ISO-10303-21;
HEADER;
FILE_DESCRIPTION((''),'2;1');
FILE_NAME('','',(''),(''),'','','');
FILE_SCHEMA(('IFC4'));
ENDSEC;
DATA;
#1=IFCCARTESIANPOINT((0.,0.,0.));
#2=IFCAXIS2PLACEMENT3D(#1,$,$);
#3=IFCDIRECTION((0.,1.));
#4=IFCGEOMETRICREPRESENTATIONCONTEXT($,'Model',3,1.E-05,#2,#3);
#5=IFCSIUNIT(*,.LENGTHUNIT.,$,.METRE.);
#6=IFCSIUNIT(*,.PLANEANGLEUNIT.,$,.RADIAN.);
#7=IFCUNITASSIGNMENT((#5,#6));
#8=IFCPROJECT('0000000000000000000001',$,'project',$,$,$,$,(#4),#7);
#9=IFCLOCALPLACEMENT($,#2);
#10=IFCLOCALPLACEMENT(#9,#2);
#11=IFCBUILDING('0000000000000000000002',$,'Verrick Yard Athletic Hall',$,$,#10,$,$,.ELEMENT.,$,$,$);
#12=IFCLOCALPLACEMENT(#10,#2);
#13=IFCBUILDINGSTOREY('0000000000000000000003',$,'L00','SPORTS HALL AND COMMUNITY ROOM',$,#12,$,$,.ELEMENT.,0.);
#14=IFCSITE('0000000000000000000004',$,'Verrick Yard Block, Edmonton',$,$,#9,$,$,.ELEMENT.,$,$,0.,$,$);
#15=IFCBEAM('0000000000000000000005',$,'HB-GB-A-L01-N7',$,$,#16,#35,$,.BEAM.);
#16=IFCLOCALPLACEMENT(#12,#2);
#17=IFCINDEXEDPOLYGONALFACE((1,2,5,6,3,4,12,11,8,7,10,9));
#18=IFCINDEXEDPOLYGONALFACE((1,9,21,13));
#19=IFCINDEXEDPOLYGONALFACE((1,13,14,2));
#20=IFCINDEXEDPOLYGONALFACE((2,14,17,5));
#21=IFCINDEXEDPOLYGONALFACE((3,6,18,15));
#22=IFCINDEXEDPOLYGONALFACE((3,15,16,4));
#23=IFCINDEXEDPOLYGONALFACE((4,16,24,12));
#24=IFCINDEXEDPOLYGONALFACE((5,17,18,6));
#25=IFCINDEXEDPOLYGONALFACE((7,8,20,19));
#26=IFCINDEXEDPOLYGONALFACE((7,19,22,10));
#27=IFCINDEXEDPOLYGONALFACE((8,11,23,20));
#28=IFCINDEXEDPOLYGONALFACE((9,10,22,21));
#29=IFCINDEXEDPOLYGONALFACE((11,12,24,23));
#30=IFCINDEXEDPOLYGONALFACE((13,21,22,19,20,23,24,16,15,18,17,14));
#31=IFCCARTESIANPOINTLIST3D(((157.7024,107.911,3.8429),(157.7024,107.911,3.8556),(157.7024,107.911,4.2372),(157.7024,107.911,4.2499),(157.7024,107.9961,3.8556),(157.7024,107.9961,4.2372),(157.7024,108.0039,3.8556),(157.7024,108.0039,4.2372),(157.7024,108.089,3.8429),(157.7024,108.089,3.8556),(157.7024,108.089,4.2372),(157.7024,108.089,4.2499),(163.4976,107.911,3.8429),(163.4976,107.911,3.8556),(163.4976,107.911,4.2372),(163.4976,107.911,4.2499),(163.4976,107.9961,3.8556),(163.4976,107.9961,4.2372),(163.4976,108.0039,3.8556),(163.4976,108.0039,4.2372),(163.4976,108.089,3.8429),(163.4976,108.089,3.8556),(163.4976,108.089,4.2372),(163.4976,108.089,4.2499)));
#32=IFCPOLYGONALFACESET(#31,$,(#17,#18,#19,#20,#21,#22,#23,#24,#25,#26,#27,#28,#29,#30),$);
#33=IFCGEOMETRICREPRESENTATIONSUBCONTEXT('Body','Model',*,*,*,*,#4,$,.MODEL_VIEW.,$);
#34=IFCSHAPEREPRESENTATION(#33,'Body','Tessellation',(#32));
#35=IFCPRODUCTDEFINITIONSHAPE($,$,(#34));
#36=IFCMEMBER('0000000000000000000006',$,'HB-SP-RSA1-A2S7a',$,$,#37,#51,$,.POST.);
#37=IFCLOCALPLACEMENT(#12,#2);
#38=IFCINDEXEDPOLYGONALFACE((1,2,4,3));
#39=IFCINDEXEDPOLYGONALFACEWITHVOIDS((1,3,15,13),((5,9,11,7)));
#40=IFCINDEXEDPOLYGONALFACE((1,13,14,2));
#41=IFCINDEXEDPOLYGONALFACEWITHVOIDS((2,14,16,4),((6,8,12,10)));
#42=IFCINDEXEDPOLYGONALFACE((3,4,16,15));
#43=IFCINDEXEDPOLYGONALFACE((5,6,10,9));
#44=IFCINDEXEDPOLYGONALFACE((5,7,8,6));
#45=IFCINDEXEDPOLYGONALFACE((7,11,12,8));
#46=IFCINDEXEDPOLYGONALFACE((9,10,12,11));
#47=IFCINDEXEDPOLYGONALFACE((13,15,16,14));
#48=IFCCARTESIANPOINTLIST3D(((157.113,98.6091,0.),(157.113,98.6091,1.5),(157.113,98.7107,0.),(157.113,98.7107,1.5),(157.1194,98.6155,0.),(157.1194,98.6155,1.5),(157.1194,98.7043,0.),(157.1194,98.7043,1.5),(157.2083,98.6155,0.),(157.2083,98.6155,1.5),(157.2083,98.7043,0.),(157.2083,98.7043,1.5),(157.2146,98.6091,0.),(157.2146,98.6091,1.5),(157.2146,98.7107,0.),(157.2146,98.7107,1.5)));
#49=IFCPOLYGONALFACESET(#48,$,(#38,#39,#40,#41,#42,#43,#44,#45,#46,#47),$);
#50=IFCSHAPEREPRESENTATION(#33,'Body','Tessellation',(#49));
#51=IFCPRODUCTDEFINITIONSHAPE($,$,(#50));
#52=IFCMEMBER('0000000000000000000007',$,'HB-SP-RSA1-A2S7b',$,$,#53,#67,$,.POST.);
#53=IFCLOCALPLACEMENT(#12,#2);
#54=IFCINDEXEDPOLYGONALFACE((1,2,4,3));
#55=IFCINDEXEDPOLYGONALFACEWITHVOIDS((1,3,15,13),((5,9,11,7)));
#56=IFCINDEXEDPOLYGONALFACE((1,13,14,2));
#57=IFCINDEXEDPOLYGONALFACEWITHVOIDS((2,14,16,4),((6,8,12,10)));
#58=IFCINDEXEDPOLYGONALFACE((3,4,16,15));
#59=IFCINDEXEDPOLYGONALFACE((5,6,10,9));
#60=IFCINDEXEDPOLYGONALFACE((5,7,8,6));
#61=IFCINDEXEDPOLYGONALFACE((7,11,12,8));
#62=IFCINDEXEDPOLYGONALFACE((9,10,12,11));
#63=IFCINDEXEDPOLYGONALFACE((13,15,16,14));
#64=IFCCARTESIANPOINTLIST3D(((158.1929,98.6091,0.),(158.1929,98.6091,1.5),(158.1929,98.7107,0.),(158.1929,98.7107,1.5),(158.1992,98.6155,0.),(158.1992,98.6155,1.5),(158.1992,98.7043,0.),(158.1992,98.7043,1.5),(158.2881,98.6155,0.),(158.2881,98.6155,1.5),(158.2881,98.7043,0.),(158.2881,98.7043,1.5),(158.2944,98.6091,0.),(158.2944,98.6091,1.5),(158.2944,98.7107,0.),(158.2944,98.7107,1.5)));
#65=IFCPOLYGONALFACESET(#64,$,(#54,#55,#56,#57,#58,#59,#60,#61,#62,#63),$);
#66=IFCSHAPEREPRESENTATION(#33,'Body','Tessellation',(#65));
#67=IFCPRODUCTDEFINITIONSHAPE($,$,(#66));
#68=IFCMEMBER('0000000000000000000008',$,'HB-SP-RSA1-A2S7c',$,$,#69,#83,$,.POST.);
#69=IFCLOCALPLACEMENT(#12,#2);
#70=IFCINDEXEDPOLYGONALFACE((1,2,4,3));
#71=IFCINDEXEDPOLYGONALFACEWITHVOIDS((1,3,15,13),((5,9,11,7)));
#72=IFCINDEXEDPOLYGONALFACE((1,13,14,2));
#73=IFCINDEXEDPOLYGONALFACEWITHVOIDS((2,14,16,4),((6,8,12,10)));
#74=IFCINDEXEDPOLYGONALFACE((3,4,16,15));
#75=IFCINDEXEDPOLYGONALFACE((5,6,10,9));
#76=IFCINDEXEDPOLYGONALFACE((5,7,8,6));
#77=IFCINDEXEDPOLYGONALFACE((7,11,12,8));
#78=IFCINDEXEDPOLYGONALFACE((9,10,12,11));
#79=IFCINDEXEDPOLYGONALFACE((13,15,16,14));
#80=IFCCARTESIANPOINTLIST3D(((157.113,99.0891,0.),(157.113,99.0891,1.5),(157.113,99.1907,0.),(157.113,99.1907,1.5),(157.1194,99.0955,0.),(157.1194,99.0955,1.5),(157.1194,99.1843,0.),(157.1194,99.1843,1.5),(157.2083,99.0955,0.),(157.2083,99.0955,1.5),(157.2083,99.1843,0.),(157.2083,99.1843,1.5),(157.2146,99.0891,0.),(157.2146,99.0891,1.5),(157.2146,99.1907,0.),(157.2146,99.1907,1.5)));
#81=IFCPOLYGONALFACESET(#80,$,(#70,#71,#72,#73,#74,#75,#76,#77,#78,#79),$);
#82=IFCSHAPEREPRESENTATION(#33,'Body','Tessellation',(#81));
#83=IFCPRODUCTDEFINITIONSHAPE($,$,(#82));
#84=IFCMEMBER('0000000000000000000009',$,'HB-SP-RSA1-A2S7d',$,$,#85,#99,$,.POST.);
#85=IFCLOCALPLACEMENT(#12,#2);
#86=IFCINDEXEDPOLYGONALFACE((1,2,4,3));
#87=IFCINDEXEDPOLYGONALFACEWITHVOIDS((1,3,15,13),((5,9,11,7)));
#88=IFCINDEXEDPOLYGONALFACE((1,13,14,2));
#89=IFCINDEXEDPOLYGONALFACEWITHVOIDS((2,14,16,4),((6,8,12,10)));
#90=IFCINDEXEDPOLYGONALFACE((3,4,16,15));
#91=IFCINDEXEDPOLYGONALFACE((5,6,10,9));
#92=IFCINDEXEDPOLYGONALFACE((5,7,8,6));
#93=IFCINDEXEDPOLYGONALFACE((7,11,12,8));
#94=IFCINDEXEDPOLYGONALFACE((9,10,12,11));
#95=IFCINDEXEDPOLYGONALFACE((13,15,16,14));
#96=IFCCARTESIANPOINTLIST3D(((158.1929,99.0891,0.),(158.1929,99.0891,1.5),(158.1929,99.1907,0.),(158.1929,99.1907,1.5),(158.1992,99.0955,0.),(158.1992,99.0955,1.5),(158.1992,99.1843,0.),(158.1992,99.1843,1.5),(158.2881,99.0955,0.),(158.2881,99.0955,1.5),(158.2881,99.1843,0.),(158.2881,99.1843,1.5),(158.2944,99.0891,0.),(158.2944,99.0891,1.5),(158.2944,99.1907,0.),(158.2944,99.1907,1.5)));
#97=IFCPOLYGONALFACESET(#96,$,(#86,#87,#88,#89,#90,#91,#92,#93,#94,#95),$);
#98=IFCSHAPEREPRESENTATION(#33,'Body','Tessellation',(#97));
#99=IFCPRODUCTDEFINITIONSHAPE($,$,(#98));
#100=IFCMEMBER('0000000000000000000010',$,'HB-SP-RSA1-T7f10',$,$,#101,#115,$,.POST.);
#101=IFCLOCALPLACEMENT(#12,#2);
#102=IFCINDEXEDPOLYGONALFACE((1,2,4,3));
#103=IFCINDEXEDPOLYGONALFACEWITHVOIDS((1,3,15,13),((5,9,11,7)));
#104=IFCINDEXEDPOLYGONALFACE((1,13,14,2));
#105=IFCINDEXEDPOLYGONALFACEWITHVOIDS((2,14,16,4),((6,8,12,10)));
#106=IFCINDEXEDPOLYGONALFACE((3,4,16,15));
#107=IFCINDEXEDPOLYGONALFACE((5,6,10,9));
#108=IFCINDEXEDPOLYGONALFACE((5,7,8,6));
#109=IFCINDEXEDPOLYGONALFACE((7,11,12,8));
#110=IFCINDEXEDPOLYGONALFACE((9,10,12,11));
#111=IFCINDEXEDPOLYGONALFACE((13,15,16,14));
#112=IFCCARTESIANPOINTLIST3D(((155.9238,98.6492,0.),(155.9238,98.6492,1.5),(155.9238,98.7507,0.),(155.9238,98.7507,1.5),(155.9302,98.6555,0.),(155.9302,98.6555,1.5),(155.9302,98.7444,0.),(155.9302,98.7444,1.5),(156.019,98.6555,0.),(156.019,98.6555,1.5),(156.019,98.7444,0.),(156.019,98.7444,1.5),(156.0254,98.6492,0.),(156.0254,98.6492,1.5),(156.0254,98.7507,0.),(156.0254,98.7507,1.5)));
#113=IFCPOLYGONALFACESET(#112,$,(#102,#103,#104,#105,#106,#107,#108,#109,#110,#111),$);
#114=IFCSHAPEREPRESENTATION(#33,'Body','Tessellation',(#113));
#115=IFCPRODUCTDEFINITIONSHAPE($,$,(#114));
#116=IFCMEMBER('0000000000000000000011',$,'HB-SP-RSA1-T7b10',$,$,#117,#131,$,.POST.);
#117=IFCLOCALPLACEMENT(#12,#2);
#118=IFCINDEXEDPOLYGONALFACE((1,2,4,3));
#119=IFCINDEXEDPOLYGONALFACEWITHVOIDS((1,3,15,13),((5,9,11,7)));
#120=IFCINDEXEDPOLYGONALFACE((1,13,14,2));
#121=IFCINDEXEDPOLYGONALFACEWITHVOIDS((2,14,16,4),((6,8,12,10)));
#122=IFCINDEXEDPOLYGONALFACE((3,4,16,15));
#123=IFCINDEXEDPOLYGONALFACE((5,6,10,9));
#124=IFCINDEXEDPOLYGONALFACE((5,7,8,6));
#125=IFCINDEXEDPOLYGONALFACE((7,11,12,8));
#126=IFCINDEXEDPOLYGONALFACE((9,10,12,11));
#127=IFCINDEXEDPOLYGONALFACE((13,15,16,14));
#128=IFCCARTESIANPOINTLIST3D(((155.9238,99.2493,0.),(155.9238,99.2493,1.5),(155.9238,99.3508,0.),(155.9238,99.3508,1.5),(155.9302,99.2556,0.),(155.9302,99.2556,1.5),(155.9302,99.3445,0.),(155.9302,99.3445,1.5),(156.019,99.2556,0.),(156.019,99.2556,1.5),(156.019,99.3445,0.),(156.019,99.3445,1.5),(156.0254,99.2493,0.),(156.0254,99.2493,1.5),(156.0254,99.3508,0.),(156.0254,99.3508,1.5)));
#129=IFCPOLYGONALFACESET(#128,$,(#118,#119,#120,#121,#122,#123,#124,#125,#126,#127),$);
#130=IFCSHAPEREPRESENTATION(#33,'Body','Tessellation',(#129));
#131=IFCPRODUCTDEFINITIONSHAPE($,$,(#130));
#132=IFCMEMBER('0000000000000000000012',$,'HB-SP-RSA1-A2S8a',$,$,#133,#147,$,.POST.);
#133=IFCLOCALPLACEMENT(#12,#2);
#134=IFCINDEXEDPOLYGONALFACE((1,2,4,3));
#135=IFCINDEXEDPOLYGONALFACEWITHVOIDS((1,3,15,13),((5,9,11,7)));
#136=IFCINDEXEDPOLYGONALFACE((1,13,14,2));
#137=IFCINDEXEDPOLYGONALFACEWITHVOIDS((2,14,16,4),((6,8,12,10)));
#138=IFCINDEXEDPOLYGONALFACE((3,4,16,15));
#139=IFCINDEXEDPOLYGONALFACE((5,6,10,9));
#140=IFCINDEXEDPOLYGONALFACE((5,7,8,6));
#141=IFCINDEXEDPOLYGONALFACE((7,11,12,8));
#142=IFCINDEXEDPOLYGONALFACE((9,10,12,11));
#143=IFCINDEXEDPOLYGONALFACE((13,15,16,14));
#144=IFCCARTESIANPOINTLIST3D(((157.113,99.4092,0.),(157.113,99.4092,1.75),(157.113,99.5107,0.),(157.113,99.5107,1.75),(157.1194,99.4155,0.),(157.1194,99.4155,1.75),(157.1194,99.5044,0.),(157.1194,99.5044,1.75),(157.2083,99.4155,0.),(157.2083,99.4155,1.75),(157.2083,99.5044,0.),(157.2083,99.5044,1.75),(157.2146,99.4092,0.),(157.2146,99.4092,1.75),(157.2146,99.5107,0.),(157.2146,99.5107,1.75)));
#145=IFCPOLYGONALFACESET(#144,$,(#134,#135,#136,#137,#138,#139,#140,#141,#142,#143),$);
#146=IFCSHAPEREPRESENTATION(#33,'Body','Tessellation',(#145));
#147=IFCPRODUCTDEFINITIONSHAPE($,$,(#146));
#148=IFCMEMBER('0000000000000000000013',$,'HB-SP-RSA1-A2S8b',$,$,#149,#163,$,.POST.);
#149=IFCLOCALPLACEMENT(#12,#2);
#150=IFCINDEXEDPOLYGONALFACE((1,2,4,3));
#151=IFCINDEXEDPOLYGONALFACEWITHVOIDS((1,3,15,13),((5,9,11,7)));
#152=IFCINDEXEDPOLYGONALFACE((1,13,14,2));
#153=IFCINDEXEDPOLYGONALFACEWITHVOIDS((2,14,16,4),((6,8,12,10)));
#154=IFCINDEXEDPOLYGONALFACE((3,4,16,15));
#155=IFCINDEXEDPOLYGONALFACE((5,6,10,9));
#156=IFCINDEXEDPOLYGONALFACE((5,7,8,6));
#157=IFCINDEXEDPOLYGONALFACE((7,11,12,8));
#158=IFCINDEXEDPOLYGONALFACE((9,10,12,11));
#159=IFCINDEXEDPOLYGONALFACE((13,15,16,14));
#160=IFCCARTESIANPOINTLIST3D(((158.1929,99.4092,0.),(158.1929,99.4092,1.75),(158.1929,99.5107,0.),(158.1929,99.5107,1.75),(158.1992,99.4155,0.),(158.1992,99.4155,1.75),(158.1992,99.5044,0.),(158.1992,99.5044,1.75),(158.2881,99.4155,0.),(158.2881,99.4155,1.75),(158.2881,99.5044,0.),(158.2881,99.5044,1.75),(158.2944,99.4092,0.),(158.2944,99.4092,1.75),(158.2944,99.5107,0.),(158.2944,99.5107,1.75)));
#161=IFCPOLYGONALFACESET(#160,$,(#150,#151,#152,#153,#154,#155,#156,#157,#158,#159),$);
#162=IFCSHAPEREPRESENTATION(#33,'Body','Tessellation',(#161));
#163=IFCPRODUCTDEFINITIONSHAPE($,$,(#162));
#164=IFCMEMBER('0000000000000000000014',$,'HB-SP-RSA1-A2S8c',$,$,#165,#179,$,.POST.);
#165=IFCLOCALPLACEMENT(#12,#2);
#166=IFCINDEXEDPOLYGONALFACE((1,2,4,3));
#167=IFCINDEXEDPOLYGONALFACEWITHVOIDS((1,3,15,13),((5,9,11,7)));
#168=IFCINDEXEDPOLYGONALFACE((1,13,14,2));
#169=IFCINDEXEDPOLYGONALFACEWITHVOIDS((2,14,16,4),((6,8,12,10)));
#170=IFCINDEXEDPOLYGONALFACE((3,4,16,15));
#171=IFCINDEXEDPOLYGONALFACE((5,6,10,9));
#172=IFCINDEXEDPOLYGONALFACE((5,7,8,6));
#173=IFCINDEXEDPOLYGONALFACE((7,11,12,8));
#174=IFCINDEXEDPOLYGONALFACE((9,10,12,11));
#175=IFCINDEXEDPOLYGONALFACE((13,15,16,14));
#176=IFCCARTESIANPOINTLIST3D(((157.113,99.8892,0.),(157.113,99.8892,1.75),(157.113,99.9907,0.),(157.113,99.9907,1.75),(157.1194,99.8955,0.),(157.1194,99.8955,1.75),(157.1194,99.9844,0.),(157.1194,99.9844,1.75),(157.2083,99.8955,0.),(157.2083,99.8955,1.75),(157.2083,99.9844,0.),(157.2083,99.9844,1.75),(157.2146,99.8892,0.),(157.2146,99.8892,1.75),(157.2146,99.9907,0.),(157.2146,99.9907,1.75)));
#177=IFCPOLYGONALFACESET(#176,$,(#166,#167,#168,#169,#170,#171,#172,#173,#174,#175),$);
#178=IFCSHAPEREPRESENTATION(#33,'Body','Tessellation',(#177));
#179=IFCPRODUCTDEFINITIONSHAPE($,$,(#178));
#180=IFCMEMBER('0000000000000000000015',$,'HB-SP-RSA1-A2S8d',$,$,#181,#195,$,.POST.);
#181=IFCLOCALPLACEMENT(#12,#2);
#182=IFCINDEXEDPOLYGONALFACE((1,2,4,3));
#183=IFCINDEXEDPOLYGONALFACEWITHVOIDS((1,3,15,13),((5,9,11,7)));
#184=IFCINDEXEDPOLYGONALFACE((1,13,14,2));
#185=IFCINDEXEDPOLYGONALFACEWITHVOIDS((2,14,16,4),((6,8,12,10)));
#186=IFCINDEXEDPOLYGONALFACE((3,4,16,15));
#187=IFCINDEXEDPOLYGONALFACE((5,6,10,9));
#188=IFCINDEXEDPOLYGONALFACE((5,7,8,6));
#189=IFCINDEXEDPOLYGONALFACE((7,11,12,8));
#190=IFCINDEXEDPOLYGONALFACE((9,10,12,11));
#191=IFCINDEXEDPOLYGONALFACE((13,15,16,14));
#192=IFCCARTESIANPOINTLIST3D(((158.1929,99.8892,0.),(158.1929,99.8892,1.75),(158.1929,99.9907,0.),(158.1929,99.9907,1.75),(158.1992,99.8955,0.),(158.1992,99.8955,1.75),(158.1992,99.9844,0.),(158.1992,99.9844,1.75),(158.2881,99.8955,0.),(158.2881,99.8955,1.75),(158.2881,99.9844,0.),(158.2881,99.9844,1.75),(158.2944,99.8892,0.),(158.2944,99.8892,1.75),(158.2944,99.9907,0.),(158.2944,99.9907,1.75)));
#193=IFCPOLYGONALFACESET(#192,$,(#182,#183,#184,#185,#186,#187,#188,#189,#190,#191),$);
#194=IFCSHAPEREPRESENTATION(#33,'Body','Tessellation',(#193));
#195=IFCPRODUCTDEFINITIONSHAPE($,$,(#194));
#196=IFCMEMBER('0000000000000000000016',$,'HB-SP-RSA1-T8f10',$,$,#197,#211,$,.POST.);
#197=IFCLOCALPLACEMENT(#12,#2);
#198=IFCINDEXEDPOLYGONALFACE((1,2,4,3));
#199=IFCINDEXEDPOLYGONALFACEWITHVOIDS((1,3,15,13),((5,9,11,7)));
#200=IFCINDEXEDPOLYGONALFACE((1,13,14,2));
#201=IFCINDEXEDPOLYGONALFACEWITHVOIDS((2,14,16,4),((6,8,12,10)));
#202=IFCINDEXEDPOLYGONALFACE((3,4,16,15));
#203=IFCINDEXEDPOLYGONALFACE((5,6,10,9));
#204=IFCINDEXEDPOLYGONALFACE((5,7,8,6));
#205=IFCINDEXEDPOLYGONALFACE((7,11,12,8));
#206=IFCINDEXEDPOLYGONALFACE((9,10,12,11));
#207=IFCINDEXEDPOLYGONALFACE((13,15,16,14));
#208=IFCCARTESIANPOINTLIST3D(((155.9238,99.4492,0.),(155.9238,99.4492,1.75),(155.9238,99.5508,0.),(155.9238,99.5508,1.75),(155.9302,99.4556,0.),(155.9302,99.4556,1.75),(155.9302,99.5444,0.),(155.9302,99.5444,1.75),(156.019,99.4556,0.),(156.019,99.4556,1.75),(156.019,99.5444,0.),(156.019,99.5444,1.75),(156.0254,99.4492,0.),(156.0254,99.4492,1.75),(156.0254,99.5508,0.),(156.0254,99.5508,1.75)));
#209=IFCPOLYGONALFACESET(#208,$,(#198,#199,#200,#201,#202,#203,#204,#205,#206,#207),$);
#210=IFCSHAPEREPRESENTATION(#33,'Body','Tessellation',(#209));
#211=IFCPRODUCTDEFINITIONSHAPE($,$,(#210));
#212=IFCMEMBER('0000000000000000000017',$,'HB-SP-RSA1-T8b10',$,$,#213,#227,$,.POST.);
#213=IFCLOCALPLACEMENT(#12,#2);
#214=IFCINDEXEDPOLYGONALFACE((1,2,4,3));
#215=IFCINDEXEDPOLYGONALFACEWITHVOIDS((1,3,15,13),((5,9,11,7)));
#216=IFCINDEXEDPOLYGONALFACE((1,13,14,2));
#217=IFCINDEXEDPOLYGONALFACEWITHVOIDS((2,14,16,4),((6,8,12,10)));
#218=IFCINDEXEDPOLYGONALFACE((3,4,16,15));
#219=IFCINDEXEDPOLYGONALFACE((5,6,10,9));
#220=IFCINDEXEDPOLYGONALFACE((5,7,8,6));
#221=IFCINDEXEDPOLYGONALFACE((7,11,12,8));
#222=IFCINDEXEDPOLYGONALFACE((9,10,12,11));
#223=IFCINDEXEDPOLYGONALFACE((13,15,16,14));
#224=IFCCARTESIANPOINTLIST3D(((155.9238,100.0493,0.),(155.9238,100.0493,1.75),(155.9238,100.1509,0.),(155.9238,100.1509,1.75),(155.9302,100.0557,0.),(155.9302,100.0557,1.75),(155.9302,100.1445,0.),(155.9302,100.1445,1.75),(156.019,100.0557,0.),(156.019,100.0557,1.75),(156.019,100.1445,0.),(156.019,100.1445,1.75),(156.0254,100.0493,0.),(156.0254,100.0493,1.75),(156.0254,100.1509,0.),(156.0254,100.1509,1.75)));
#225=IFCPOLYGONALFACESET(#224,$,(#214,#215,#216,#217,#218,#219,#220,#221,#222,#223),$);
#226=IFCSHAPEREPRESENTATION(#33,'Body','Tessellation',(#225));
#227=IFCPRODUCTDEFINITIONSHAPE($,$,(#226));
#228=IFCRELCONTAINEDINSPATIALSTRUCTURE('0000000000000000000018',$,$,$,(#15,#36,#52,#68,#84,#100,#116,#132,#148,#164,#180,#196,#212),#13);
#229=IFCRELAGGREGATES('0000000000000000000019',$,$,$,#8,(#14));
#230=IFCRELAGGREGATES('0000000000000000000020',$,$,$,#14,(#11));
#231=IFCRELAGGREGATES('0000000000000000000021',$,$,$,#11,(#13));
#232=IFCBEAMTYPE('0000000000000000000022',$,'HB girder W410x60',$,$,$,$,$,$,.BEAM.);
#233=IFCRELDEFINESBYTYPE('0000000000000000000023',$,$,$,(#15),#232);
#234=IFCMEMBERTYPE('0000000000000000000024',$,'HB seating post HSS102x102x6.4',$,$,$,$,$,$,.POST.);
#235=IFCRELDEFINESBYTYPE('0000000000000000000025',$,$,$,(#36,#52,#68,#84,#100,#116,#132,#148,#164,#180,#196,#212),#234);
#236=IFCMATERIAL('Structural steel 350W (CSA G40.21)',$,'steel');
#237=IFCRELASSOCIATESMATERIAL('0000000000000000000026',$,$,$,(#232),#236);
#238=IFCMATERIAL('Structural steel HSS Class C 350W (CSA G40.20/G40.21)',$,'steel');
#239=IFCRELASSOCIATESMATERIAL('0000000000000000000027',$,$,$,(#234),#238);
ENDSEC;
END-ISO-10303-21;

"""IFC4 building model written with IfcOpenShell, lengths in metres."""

from ifc_helpers import new_model, si_unit, direction, frame, origin, origin_2d, place, context, subcontext, project, spatial, hollow_rectangle, i_section, extrude, material, material_profile, profile_set, type_object, element, save


model = new_model("IFC4")

# Units and contexts
model_context = context("Model", 3, precision=1e-05, world=origin(), true_north=direction((0.0, 1.0)))
body_context = subcontext(model_context, "Body", "Model", "MODEL_VIEW")
ifc_project = project(units=[si_unit("LENGTHUNIT", "METRE"), si_unit("PLANEANGLEUNIT", "RADIAN")], contexts=[model_context])

# Site, building, storey
site_placement = place(None, origin())
site = spatial("IfcSite", under=ifc_project, at=site_placement, Name="Verrick Yard Block, Edmonton", CompositionType="ELEMENT", RefElevation=0.0)
building_placement = place(site_placement, origin())
building = spatial("IfcBuilding", under=site, at=building_placement, Name="Verrick Yard Athletic Hall", CompositionType="ELEMENT")
storey_placement = place(building_placement, origin())
storey = spatial("IfcBuildingStorey", under=building, at=storey_placement, Name="L00", Description="SPORTS HALL AND COMMUNITY ROOM", CompositionType="ELEMENT", Elevation=0.0)

# Shared definitions
ifc_material_1 = material(Name="Structural steel 350W (CSA G40.21)", Category="steel")

# Beam
ifc_material_profile_1 = material_profile(ifc_material_1, i_section(OverallWidth=0.178, OverallDepth=0.407, WebThickness=0.0078, FlangeThickness=0.0127, at=origin_2d()), Name="W410x60")
ifc_profile_set_1 = profile_set([ifc_material_profile_1], Name="Structural steel 350W (CSA G40.21)")
beam_type_1 = type_object("IfcBeamType", Name="HB girder W410x60", PredefinedType="BEAM", material=ifc_profile_set_1)
for number, where, z_axis, x_axis, name in (
    (1, (157.7024, 108.0, 4.0464), (1.0, 0.0, 0.0), (0.0, 1.0, 0.0), "HB-GB-A-L01-N7"),
):
    element("IfcBeam", number, at=place(storey_placement, frame(where, z_axis=z_axis, x_axis=x_axis)), inside=storey, type_object=beam_type_1, Name=name, PredefinedType="BEAM", context=body_context, shape_type="SweptSolid", body=[
        extrude(i_section(OverallWidth=0.178, OverallDepth=0.407, WebThickness=0.0078, FlangeThickness=0.0127, at=origin_2d()), origin(), (0.0, 0.0, 1.0), 5.7952),
    ])

# Members
ifc_material_2 = material(Name="Structural steel HSS Class C 350W (CSA G40.20/G40.21)", Category="steel")
ifc_material_profile_2 = material_profile(ifc_material_2, hollow_rectangle(XDim=0.1016, YDim=0.1016, WallThickness=0.0063, at=origin_2d()), Name="HSS102x102x6.4")
ifc_profile_set_2 = profile_set([ifc_material_profile_2], Name="Structural steel HSS Class C 350W (CSA G40.20/G40.21)")
member_type = type_object("IfcMemberType", Name="HB seating post HSS102x102x6.4", PredefinedType="POST", material=ifc_profile_set_2)
for number, where, z_axis, x_axis, name in (
    (2, (157.1638, 98.6599, 0.0), (0.0, 0.0, 1.0), (0.0, 1.0, 0.0), "HB-SP-RSA1-A2S7a"),
    (3, (158.2437, 98.6599, 0.0), (0.0, 0.0, 1.0), (0.0, 1.0, 0.0), "HB-SP-RSA1-A2S7b"),
    (4, (157.1638, 99.1399, 0.0), (0.0, 0.0, 1.0), (0.0, 1.0, 0.0), "HB-SP-RSA1-A2S7c"),
    (5, (158.2437, 99.1399, 0.0), (0.0, 0.0, 1.0), (0.0, 1.0, 0.0), "HB-SP-RSA1-A2S7d"),
    (6, (155.9746, 98.7, 0.0), (0.0, 0.0, 1.0), (0.0, 1.0, 0.0), "HB-SP-RSA1-T7f10"),
    (7, (155.9746, 99.3, 0.0), (0.0, 0.0, 1.0), (0.0, 1.0, 0.0), "HB-SP-RSA1-T7b10"),
):
    element("IfcMember", number, at=place(storey_placement, frame(where, z_axis=z_axis, x_axis=x_axis)), inside=storey, type_object=member_type, Name=name, PredefinedType="POST", context=body_context, shape_type="SweptSolid", body=[
        extrude(hollow_rectangle(XDim=0.1016, YDim=0.1016, WallThickness=0.0063, at=origin_2d()), origin(), (0.0, 0.0, 1.0), 1.5),
    ])
for number, where, z_axis, x_axis, name in (
    (8, (157.1638, 99.46, 0.0), (0.0, 0.0, 1.0), (0.0, 1.0, 0.0), "HB-SP-RSA1-A2S8a"),
    (9, (158.2437, 99.46, 0.0), (0.0, 0.0, 1.0), (0.0, 1.0, 0.0), "HB-SP-RSA1-A2S8b"),
    (10, (157.1638, 99.9399, 0.0), (0.0, 0.0, 1.0), (0.0, 1.0, 0.0), "HB-SP-RSA1-A2S8c"),
    (11, (158.2437, 99.9399, 0.0), (0.0, 0.0, 1.0), (0.0, 1.0, 0.0), "HB-SP-RSA1-A2S8d"),
    (12, (155.9746, 99.5, 0.0), (0.0, 0.0, 1.0), (0.0, 1.0, 0.0), "HB-SP-RSA1-T8f10"),
    (13, (155.9746, 100.1001, 0.0), (0.0, 0.0, 1.0), (0.0, 1.0, 0.0), "HB-SP-RSA1-T8b10"),
):
    element("IfcMember", number, at=place(storey_placement, frame(where, z_axis=z_axis, x_axis=x_axis)), inside=storey, type_object=member_type, Name=name, PredefinedType="POST", context=body_context, shape_type="SweptSolid", body=[
        extrude(hollow_rectangle(XDim=0.1016, YDim=0.1016, WallThickness=0.0063, at=origin_2d()), origin(), (0.0, 0.0, 1.0), 1.75),
    ])

save(model, "model.ifc")
